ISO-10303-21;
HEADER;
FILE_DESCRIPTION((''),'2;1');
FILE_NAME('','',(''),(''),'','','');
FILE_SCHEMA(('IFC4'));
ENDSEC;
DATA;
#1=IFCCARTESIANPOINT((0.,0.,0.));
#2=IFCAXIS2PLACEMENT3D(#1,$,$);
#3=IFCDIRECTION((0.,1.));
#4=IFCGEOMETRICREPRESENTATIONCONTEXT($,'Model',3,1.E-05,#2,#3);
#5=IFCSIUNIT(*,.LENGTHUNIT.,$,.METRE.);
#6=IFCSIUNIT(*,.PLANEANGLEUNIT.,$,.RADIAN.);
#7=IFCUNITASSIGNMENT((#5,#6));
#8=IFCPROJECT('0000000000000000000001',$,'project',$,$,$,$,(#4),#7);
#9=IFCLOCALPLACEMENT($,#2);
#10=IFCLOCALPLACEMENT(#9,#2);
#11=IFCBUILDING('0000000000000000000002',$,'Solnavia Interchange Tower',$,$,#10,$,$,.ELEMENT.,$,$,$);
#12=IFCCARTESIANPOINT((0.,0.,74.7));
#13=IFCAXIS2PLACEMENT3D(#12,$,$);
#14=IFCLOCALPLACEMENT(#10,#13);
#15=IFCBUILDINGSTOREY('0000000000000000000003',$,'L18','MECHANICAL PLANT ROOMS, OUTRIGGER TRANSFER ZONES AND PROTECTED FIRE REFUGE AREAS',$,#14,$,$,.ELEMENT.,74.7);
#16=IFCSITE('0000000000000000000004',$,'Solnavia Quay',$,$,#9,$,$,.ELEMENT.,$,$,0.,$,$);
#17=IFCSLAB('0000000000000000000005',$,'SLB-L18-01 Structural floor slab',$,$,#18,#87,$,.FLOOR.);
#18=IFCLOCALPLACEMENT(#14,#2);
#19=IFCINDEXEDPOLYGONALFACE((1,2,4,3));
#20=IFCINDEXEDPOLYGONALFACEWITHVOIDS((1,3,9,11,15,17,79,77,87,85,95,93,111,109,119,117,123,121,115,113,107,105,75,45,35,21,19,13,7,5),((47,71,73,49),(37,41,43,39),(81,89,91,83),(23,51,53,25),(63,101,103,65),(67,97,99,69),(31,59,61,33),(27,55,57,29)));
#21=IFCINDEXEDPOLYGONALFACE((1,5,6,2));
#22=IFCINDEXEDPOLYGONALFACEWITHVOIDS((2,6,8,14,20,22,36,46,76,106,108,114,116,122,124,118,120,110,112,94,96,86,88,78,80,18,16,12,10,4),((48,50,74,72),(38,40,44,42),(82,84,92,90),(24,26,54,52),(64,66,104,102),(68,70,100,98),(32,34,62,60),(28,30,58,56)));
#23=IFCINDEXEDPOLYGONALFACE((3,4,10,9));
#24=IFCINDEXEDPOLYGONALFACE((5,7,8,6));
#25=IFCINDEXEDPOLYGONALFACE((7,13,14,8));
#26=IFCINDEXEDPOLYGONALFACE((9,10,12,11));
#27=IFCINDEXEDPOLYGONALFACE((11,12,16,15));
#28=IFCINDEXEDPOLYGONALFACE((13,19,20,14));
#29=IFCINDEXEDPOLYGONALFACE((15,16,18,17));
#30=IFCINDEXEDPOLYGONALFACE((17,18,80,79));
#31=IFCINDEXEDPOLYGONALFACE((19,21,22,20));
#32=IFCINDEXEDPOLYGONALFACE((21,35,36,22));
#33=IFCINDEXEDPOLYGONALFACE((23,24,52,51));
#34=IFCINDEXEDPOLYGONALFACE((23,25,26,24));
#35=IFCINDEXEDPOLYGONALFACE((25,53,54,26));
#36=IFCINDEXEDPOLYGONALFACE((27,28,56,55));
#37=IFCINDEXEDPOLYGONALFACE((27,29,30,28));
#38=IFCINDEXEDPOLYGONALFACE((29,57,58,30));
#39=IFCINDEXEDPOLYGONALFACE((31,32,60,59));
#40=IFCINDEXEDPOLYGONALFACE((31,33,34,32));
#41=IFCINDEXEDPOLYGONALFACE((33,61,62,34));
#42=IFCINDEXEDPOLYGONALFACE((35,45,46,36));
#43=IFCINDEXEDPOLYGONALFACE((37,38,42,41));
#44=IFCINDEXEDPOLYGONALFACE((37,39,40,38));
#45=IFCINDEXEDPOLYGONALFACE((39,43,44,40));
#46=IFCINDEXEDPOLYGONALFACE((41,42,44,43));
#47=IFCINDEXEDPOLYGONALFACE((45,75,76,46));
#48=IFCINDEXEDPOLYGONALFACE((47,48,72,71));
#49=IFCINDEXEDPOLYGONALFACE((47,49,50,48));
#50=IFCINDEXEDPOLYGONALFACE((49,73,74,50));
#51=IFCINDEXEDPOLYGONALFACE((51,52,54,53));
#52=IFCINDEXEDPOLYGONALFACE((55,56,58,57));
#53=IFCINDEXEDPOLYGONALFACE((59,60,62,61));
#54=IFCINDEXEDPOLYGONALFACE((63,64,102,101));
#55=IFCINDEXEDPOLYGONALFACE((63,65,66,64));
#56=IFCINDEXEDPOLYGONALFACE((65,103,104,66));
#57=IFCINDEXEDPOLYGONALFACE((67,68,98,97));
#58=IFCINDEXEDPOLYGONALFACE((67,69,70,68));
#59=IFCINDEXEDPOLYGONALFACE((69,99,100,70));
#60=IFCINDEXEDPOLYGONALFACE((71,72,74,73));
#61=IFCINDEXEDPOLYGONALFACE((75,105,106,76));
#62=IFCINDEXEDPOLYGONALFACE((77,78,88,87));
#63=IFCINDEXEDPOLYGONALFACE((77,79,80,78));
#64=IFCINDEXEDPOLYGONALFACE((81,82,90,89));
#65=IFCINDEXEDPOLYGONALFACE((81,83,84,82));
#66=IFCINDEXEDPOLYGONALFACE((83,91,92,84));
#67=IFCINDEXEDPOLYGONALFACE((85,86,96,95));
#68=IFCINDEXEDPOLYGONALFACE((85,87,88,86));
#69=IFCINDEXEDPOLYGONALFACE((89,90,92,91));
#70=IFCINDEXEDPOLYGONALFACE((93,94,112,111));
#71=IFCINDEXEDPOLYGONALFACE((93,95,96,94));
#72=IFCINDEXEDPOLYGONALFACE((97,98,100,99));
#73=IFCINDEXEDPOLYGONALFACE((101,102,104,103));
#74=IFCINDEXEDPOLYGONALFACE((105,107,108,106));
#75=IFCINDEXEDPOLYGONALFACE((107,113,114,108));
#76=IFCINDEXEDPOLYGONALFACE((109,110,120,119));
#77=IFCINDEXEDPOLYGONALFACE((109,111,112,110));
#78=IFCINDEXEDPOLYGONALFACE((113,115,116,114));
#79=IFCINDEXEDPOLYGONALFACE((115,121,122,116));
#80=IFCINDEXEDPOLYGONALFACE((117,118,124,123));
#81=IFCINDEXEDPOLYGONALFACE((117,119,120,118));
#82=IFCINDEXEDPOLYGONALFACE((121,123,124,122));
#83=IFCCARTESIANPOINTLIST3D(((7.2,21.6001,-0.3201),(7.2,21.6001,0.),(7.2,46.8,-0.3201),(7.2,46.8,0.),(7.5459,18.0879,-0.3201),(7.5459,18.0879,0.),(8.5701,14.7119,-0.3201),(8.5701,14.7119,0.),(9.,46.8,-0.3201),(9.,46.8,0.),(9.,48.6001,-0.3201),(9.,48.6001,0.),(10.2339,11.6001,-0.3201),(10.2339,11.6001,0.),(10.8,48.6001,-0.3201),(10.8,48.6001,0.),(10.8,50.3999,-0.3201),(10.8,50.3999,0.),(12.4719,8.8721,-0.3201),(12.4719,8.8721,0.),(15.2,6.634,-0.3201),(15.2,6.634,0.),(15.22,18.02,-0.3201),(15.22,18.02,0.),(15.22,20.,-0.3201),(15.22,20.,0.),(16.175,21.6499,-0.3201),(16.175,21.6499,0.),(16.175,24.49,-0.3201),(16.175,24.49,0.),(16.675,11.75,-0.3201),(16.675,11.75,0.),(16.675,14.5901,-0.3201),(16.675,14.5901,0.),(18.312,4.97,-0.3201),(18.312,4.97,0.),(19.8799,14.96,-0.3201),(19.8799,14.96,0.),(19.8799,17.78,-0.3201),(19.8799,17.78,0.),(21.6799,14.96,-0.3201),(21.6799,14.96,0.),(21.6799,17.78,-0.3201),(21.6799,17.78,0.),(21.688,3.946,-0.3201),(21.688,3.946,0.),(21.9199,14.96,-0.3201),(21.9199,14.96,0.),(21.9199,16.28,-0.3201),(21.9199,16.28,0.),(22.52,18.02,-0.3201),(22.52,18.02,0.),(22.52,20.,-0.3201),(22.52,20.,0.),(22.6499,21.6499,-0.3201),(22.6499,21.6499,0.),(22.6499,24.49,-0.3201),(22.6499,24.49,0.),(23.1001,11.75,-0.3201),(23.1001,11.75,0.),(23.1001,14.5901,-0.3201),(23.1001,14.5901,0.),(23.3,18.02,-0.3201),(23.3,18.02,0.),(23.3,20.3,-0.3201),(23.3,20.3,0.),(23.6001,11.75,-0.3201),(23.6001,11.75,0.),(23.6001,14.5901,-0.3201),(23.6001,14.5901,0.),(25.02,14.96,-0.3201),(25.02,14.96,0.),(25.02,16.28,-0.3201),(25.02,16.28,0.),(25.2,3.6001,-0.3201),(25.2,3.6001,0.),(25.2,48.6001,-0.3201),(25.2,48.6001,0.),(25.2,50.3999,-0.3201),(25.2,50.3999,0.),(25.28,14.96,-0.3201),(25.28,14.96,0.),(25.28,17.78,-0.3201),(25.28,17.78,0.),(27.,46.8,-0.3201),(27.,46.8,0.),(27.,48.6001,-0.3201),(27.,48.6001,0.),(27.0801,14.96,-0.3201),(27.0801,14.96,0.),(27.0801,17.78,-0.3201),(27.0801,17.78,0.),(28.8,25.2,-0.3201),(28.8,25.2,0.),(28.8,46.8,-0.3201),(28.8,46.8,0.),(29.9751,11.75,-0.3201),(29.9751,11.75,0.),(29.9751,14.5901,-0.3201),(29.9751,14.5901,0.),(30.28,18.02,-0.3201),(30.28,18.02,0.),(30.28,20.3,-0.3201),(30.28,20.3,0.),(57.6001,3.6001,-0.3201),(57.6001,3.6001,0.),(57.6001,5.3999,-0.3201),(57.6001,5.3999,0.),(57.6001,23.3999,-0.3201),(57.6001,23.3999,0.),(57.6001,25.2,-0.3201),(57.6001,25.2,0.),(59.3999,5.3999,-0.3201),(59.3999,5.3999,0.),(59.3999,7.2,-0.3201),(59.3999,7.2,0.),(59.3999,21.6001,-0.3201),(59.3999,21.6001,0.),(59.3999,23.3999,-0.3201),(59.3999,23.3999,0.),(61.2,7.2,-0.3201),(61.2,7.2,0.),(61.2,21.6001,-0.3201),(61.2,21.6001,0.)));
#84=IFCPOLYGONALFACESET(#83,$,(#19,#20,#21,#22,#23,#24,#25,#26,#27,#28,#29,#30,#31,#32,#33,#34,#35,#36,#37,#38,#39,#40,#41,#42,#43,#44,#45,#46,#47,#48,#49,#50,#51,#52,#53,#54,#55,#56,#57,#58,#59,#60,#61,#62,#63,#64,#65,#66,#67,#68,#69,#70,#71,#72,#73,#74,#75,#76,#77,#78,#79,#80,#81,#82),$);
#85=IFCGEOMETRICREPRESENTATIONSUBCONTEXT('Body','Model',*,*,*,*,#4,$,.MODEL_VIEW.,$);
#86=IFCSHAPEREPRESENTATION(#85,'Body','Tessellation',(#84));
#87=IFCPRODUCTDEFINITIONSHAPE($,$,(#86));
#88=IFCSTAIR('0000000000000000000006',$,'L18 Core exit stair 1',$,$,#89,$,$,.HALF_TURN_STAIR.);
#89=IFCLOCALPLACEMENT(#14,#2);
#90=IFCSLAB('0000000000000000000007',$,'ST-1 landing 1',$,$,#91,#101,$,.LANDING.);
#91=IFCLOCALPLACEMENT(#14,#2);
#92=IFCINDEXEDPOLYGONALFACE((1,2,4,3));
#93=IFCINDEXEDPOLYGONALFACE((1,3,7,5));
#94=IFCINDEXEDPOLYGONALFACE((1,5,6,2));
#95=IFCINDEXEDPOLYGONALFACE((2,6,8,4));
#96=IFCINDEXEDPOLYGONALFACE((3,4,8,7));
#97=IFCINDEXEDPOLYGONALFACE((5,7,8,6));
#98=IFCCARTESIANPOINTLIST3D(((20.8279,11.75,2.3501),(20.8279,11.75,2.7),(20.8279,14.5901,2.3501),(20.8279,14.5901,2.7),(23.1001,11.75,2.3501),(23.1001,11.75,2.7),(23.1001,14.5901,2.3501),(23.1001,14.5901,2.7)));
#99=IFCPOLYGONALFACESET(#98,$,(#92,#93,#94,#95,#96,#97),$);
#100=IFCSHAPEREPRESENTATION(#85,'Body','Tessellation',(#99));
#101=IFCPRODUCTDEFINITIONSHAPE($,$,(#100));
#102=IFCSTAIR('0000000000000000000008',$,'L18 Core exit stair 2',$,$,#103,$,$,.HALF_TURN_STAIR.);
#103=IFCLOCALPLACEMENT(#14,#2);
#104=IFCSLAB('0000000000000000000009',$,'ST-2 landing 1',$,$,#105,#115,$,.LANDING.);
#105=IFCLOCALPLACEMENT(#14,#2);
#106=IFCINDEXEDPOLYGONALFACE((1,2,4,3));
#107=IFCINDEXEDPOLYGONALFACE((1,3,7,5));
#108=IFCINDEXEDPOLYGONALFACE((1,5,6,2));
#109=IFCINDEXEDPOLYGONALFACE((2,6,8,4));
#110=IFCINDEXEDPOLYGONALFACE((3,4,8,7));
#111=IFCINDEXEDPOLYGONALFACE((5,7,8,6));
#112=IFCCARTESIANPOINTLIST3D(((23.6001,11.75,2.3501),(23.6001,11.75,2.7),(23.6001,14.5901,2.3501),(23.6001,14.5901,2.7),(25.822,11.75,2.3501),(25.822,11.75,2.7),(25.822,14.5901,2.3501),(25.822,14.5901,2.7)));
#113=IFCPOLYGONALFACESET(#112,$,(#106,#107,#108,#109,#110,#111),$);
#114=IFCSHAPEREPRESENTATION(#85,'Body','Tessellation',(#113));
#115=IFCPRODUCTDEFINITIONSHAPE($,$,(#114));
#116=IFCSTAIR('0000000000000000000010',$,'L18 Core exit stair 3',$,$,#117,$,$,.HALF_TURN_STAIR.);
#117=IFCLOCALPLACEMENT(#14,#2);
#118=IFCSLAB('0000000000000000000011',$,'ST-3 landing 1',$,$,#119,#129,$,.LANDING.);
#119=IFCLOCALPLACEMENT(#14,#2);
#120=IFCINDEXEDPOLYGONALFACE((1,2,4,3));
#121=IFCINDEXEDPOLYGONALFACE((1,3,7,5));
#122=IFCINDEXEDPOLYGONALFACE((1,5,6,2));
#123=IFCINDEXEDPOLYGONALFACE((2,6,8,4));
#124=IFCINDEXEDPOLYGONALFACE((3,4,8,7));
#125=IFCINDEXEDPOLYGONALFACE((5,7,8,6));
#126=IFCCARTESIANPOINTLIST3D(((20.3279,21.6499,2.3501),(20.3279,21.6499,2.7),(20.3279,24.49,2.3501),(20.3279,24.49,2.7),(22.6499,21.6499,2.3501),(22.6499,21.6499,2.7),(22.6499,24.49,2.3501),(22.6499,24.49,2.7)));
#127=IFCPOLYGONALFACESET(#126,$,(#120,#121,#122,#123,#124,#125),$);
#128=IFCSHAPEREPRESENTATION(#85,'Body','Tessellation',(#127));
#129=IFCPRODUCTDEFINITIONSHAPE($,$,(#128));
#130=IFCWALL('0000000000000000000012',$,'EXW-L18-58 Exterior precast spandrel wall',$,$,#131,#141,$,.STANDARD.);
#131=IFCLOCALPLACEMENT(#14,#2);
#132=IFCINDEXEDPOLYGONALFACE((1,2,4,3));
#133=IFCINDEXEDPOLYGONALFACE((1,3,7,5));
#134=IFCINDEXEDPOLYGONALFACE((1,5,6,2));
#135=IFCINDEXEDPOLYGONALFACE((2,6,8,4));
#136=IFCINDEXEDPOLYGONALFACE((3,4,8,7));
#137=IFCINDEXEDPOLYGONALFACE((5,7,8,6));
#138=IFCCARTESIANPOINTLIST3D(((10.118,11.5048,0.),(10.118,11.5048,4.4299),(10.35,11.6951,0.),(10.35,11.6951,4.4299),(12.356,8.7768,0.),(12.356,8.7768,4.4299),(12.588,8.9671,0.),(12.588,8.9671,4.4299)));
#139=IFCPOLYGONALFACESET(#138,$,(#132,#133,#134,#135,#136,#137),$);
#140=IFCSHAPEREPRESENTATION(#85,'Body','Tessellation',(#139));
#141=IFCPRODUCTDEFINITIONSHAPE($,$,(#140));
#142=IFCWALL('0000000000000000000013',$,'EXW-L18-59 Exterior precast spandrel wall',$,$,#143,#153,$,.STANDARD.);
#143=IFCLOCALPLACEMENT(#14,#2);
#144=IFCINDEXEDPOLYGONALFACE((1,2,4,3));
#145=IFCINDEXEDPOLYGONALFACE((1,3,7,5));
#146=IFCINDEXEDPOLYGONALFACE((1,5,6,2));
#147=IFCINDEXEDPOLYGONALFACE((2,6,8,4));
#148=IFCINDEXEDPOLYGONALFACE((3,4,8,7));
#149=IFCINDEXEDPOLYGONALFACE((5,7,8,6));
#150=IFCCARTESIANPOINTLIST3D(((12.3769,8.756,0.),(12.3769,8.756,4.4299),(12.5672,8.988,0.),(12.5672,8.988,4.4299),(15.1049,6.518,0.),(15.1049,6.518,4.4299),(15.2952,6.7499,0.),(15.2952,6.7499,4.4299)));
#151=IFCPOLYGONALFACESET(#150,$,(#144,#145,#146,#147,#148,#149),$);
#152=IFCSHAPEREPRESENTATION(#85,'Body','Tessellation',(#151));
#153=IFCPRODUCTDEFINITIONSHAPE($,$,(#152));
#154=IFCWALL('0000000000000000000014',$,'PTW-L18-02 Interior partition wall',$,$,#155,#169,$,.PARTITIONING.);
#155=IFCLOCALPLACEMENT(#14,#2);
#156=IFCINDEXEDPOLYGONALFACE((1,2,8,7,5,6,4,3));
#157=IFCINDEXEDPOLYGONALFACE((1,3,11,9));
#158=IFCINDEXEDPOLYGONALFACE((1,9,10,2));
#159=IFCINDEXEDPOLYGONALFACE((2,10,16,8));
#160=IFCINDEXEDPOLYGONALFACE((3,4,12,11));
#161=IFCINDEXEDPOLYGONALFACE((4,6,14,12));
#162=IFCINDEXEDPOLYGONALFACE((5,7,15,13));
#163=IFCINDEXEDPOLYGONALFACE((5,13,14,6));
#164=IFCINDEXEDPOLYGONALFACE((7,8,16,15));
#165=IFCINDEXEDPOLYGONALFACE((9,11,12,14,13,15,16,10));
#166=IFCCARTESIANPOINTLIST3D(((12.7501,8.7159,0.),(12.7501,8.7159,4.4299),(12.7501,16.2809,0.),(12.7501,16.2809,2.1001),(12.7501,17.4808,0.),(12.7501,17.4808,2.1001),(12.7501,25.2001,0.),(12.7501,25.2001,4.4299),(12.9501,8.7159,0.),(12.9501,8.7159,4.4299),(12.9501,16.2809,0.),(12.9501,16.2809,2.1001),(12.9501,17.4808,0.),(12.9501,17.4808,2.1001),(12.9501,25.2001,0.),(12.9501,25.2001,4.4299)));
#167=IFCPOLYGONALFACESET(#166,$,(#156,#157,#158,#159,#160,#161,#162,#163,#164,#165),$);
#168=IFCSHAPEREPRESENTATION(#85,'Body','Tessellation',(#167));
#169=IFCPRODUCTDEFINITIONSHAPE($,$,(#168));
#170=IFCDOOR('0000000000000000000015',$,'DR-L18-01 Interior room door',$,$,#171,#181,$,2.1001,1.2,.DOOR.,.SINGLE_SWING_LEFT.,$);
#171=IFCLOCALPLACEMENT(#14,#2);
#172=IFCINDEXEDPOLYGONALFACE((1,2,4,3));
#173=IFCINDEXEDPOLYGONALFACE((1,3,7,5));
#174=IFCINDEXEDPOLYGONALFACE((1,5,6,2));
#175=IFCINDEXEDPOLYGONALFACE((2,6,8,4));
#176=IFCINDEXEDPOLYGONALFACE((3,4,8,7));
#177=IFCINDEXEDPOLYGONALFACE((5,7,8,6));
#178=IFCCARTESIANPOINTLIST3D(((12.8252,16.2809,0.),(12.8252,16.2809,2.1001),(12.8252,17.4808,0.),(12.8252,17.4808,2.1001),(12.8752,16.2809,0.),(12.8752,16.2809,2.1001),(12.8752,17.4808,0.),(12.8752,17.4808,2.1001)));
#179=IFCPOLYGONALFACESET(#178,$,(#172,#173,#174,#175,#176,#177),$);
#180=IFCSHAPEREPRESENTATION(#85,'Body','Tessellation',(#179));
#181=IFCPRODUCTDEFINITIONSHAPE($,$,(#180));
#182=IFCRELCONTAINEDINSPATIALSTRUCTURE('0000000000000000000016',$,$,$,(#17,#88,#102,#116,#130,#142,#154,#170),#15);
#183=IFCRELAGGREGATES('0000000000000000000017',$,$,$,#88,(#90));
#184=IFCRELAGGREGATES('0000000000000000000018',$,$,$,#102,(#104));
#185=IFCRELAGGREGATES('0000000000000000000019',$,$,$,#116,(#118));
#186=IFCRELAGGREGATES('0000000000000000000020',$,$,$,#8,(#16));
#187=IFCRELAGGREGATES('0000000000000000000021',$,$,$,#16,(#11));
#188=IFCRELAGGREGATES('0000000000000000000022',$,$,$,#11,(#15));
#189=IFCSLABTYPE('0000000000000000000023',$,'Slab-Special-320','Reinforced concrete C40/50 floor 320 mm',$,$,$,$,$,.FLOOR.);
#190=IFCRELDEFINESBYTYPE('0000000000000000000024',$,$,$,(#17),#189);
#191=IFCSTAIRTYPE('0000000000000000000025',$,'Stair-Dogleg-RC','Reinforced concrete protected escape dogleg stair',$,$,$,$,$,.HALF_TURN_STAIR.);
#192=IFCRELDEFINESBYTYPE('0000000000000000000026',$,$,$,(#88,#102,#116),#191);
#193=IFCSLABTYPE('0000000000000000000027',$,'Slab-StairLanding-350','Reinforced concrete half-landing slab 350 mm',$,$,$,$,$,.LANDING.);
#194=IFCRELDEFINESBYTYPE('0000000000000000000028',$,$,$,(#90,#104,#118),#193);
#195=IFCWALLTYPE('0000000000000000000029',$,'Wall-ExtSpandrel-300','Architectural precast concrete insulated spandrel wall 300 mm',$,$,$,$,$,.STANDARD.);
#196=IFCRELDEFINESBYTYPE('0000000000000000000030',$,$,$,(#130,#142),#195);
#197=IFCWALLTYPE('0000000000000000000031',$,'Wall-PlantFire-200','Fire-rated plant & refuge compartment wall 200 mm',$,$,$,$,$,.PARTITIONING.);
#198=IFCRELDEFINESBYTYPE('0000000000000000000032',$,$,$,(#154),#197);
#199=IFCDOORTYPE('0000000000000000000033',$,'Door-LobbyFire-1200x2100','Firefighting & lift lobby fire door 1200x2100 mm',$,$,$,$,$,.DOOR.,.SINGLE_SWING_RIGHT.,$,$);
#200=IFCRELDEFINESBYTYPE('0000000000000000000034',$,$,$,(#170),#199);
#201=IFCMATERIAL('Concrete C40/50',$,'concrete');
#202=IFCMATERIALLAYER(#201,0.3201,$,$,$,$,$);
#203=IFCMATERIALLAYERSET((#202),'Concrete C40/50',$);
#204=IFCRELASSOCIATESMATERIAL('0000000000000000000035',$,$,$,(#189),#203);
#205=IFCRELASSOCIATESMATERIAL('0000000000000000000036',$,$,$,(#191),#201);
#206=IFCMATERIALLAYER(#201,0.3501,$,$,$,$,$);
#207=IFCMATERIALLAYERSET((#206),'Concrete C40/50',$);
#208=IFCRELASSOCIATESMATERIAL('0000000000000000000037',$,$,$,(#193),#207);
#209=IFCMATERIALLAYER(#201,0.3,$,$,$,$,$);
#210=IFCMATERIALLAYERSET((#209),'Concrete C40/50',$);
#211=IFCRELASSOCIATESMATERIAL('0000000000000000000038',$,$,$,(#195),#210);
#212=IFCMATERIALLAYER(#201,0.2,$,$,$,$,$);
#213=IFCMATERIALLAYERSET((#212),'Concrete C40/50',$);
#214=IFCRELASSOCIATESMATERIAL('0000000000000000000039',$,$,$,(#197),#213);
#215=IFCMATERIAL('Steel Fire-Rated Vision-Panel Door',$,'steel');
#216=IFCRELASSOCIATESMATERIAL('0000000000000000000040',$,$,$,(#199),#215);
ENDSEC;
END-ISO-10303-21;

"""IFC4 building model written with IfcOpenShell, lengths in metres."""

from ifc_helpers import new_model, si_unit, direction, frame, frame_2d, origin, place, context, subcontext, project, spatial, polyline, rectangle, outline, extrude, material, layer, layer_set, type_object, element, fill, aggregate, save


model = new_model("IFC4")

# Units and contexts
model_context = context("Model", 3, precision=1e-05, world=origin(), true_north=direction((0.0, 1.0)))
body_context = subcontext(model_context, "Body", "Model", "MODEL_VIEW")
ifc_project = project(units=[si_unit("LENGTHUNIT", "METRE"), si_unit("PLANEANGLEUNIT", "RADIAN")], contexts=[model_context])

# Site, building, storey
site_placement = place(None, origin())
site = spatial("IfcSite", under=ifc_project, at=site_placement, Name="Solnavia Quay", CompositionType="ELEMENT", RefElevation=0.0)
building_placement = place(site_placement, origin())
building = spatial("IfcBuilding", under=site, at=building_placement, Name="Solnavia Interchange Tower", CompositionType="ELEMENT")
storey_placement = place(building_placement, frame((0.0, 0.0, 74.7)))
storey = spatial("IfcBuildingStorey", under=building, at=storey_placement, Name="L18", Description="MECHANICAL PLANT ROOMS, OUTRIGGER TRANSFER ZONES AND PROTECTED FIRE REFUGE AREAS", CompositionType="ELEMENT", Elevation=74.7)

# Slab
ifc_material_1 = material(Name="Concrete C40/50", Category="concrete")
ifc_layer_1 = layer(ifc_material_1, 0.3201)
ifc_layer_set_1 = layer_set([ifc_layer_1], Name="Concrete C40/50")
slab_type_1 = type_object("IfcSlabType", Name="Slab-Special-320", Description="Reinforced concrete C40/50 floor 320 mm", PredefinedType="FLOOR", material=ifc_layer_set_1)
slab_1_placement = place(storey_placement, frame((0.0, 0.0, -0.3201)))
element("IfcSlab", 1, at=slab_1_placement, inside=storey, type_object=slab_type_1, Name="SLB-L18-01 Structural floor slab", PredefinedType="FLOOR", context=body_context, shape_type="SweptSolid", body=[
    extrude(outline(polyline([(25.2, 3.6001), (57.6001, 3.6001), (57.6001, 5.3999), (59.3999, 5.3999), (59.3999, 7.2), (61.2, 7.2), (61.2, 21.6001), (59.3999, 21.6001), (59.3999, 23.3999), (57.6001, 23.3999), (57.6001, 25.2), (28.8, 25.2), (28.8, 46.8), (27.0, 46.8), (27.0, 48.6001), (25.2, 48.6001), (25.2, 50.3999), (10.8, 50.3999), (10.8, 48.6001), (9.0, 48.6001), (9.0, 46.8), (7.2, 46.8), (7.2, 21.6001), (7.5459, 18.0879), (8.5701, 14.7119), (10.2339, 11.6001), (12.4719, 8.8721), (15.2, 6.634), (18.312, 4.97), (21.688, 3.946), (25.2, 3.6001)]), holes=[polyline([(16.675, 11.75), (23.1001, 11.75), (23.1001, 14.5901), (16.675, 14.5901), (16.675, 11.75)]), polyline([(23.6001, 11.75), (29.9751, 11.75), (29.9751, 14.5901), (23.6001, 14.5901), (23.6001, 11.75)]), polyline([(16.175, 21.6499), (22.6499, 21.6499), (22.6499, 24.49), (16.175, 24.49), (16.175, 21.6499)]), polyline([(19.8799, 14.96), (21.6799, 14.96), (21.6799, 17.78), (19.8799, 17.78), (19.8799, 14.96)]), polyline([(25.28, 14.96), (27.0801, 14.96), (27.0801, 17.78), (25.28, 17.78), (25.28, 14.96)]), polyline([(21.9199, 14.96), (25.02, 14.96), (25.02, 16.28), (21.9199, 16.28), (21.9199, 14.96)]), polyline([(15.22, 18.02), (22.52, 18.02), (22.52, 20.0), (15.22, 20.0), (15.22, 18.02)]), polyline([(23.3, 18.02), (30.28, 18.02), (30.28, 20.3), (23.3, 20.3), (23.3, 18.02)])]), origin(), (0.0, 0.0, 1.0), 0.3201),
])

# Stairs, slabs
stair_type = type_object("IfcStairType", Name="Stair-Dogleg-RC", Description="Reinforced concrete protected escape dogleg stair", PredefinedType="HALF_TURN_STAIR", material=ifc_material_1)
stair_1_placement = place(storey_placement, origin())
stair_1 = element("IfcStair", 2, at=stair_1_placement, inside=storey, type_object=stair_type, Name="L18 Core exit stair 1", PredefinedType="HALF_TURN_STAIR")
ifc_layer_2 = layer(ifc_material_1, 0.3501)
ifc_layer_set_2 = layer_set([ifc_layer_2], Name="Concrete C40/50")
slab_type_2 = type_object("IfcSlabType", Name="Slab-StairLanding-350", Description="Reinforced concrete half-landing slab 350 mm", PredefinedType="LANDING", material=ifc_layer_set_2)
slab_2_placement = place(storey_placement, frame((0.0, 0.0, 2.3501)))
slab_2 = element("IfcSlab", 3, at=slab_2_placement, type_object=slab_type_2, Name="ST-1 landing 1", PredefinedType="LANDING", context=body_context, shape_type="SweptSolid", body=[
    extrude(outline(polyline([(20.8279, 11.75), (23.1001, 11.75), (23.1001, 14.5901), (20.8279, 14.5901), (20.8279, 11.75)])), origin(), (0.0, 0.0, 1.0), 0.3499),
])
aggregate(stair_1, [slab_2])
stair_2_placement = place(storey_placement, origin())
stair_2 = element("IfcStair", 4, at=stair_2_placement, inside=storey, type_object=stair_type, Name="L18 Core exit stair 2", PredefinedType="HALF_TURN_STAIR")
slab_3_placement = place(storey_placement, frame((0.0, 0.0, 2.3501)))
slab_3 = element("IfcSlab", 5, at=slab_3_placement, type_object=slab_type_2, Name="ST-2 landing 1", PredefinedType="LANDING", context=body_context, shape_type="SweptSolid", body=[
    extrude(outline(polyline([(23.6001, 11.75), (25.822, 11.75), (25.822, 14.5901), (23.6001, 14.5901), (23.6001, 11.75)])), origin(), (0.0, 0.0, 1.0), 0.3499),
])
aggregate(stair_2, [slab_3])
stair_3_placement = place(storey_placement, origin())
stair_3 = element("IfcStair", 6, at=stair_3_placement, inside=storey, type_object=stair_type, Name="L18 Core exit stair 3", PredefinedType="HALF_TURN_STAIR")
slab_4_placement = place(storey_placement, frame((0.0, 0.0, 2.3501)))
slab_4 = element("IfcSlab", 7, at=slab_4_placement, type_object=slab_type_2, Name="ST-3 landing 1", PredefinedType="LANDING", context=body_context, shape_type="SweptSolid", body=[
    extrude(outline(polyline([(20.3279, 21.6499), (22.6499, 21.6499), (22.6499, 24.49), (20.3279, 24.49), (20.3279, 21.6499)])), origin(), (0.0, 0.0, 1.0), 0.3499),
])
aggregate(stair_3, [slab_4])

# Walls
ifc_layer_3 = layer(ifc_material_1, 0.3)
ifc_layer_set_3 = layer_set([ifc_layer_3], Name="Concrete C40/50")
wall_type_1 = type_object("IfcWallType", Name="Wall-ExtSpandrel-300", Description="Architectural precast concrete insulated spandrel wall 300 mm", PredefinedType="STANDARD", material=ifc_layer_set_3)
for number, where, z_axis, x_axis, name in (
    (8, (12.4719, 8.8721, 0.0), (0.0, 0.0, 1.0), (-0.634258, 0.773121, 0.0), "EXW-L18-58 Exterior precast spandrel wall"),
    (9, (15.2, 6.634, 0.0), (0.0, 0.0, 1.0), (-0.773121, 0.634258, 0.0), "EXW-L18-59 Exterior precast spandrel wall"),
):
    element("IfcWall", number, at=place(storey_placement, frame(where, z_axis=z_axis, x_axis=x_axis)), inside=storey, type_object=wall_type_1, Name=name, PredefinedType="STANDARD", context=body_context, shape_type="SweptSolid", body=[
        extrude(rectangle(XDim=3.5286, YDim=0.3, at=frame_2d((1.7642, 0.0))), origin(), (0.0, 0.0, 1.0), 4.4299),
    ])

# Wall, opening, door
ifc_layer_4 = layer(ifc_material_1, 0.2)
ifc_layer_set_4 = layer_set([ifc_layer_4], Name="Concrete C40/50")
wall_type_2 = type_object("IfcWallType", Name="Wall-PlantFire-200", Description="Fire-rated plant & refuge compartment wall 200 mm", PredefinedType="PARTITIONING", material=ifc_layer_set_4)
wall_1_placement = place(storey_placement, frame((12.8501, 8.7158, 0.0), z_axis=(0.0, 0.0, 1.0), x_axis=(0.0, 1.0, 0.0)))
wall_1 = element("IfcWall", 10, at=wall_1_placement, inside=storey, type_object=wall_type_2, Name="PTW-L18-02 Interior partition wall", PredefinedType="PARTITIONING", context=body_context, shape_type="SweptSolid", body=[
    extrude(rectangle(XDim=16.4841, YDim=0.2, at=frame_2d((8.2422, 0.0))), origin(), (0.0, 0.0, 1.0), 4.4299),
])
opening_1_placement = place(wall_1_placement, frame((7.5649, 0.0, 0.0)))
opening_1 = element("IfcOpeningElement", 11, at=opening_1_placement, cuts=wall_1, PredefinedType="OPENING", context=body_context, shape_type="SweptSolid", body=[
    extrude(rectangle(XDim=1.2, YDim=2.1001, at=frame_2d((0.6001, 1.05))), frame((0.0, 0.1099, 0.0), z_axis=(0.0, -1.0, 0.0), x_axis=(1.0, 0.0, 0.0)), (0.0, 0.0, 1.0), 0.22),
])
ifc_material_2 = material(Name="Steel Fire-Rated Vision-Panel Door", Category="steel")
door_type_1 = type_object("IfcDoorType", Name="Door-LobbyFire-1200x2100", Description="Firefighting & lift lobby fire door 1200x2100 mm", OperationType="SINGLE_SWING_RIGHT", PredefinedType="DOOR", material=ifc_material_2)
door_1_placement = place(opening_1_placement, origin())
door_1 = element("IfcDoor", 12, at=door_1_placement, inside=storey, type_object=door_type_1, Name="DR-L18-01 Interior room door", OperationType="SINGLE_SWING_LEFT", OverallHeight=2.1001, OverallWidth=1.2, PredefinedType="DOOR", context=body_context, shape_type="SweptSolid", body=[
    extrude(rectangle(XDim=1.2, YDim=2.1001, at=frame_2d((0.6001, 1.05))), frame((0.0, 0.0249, 0.0), z_axis=(0.0, -1.0, 0.0), x_axis=(1.0, 0.0, 0.0)), (0.0, 0.0, 1.0), 0.05),
])
fill(opening_1, door_1)

save(model, "model.ifc")
